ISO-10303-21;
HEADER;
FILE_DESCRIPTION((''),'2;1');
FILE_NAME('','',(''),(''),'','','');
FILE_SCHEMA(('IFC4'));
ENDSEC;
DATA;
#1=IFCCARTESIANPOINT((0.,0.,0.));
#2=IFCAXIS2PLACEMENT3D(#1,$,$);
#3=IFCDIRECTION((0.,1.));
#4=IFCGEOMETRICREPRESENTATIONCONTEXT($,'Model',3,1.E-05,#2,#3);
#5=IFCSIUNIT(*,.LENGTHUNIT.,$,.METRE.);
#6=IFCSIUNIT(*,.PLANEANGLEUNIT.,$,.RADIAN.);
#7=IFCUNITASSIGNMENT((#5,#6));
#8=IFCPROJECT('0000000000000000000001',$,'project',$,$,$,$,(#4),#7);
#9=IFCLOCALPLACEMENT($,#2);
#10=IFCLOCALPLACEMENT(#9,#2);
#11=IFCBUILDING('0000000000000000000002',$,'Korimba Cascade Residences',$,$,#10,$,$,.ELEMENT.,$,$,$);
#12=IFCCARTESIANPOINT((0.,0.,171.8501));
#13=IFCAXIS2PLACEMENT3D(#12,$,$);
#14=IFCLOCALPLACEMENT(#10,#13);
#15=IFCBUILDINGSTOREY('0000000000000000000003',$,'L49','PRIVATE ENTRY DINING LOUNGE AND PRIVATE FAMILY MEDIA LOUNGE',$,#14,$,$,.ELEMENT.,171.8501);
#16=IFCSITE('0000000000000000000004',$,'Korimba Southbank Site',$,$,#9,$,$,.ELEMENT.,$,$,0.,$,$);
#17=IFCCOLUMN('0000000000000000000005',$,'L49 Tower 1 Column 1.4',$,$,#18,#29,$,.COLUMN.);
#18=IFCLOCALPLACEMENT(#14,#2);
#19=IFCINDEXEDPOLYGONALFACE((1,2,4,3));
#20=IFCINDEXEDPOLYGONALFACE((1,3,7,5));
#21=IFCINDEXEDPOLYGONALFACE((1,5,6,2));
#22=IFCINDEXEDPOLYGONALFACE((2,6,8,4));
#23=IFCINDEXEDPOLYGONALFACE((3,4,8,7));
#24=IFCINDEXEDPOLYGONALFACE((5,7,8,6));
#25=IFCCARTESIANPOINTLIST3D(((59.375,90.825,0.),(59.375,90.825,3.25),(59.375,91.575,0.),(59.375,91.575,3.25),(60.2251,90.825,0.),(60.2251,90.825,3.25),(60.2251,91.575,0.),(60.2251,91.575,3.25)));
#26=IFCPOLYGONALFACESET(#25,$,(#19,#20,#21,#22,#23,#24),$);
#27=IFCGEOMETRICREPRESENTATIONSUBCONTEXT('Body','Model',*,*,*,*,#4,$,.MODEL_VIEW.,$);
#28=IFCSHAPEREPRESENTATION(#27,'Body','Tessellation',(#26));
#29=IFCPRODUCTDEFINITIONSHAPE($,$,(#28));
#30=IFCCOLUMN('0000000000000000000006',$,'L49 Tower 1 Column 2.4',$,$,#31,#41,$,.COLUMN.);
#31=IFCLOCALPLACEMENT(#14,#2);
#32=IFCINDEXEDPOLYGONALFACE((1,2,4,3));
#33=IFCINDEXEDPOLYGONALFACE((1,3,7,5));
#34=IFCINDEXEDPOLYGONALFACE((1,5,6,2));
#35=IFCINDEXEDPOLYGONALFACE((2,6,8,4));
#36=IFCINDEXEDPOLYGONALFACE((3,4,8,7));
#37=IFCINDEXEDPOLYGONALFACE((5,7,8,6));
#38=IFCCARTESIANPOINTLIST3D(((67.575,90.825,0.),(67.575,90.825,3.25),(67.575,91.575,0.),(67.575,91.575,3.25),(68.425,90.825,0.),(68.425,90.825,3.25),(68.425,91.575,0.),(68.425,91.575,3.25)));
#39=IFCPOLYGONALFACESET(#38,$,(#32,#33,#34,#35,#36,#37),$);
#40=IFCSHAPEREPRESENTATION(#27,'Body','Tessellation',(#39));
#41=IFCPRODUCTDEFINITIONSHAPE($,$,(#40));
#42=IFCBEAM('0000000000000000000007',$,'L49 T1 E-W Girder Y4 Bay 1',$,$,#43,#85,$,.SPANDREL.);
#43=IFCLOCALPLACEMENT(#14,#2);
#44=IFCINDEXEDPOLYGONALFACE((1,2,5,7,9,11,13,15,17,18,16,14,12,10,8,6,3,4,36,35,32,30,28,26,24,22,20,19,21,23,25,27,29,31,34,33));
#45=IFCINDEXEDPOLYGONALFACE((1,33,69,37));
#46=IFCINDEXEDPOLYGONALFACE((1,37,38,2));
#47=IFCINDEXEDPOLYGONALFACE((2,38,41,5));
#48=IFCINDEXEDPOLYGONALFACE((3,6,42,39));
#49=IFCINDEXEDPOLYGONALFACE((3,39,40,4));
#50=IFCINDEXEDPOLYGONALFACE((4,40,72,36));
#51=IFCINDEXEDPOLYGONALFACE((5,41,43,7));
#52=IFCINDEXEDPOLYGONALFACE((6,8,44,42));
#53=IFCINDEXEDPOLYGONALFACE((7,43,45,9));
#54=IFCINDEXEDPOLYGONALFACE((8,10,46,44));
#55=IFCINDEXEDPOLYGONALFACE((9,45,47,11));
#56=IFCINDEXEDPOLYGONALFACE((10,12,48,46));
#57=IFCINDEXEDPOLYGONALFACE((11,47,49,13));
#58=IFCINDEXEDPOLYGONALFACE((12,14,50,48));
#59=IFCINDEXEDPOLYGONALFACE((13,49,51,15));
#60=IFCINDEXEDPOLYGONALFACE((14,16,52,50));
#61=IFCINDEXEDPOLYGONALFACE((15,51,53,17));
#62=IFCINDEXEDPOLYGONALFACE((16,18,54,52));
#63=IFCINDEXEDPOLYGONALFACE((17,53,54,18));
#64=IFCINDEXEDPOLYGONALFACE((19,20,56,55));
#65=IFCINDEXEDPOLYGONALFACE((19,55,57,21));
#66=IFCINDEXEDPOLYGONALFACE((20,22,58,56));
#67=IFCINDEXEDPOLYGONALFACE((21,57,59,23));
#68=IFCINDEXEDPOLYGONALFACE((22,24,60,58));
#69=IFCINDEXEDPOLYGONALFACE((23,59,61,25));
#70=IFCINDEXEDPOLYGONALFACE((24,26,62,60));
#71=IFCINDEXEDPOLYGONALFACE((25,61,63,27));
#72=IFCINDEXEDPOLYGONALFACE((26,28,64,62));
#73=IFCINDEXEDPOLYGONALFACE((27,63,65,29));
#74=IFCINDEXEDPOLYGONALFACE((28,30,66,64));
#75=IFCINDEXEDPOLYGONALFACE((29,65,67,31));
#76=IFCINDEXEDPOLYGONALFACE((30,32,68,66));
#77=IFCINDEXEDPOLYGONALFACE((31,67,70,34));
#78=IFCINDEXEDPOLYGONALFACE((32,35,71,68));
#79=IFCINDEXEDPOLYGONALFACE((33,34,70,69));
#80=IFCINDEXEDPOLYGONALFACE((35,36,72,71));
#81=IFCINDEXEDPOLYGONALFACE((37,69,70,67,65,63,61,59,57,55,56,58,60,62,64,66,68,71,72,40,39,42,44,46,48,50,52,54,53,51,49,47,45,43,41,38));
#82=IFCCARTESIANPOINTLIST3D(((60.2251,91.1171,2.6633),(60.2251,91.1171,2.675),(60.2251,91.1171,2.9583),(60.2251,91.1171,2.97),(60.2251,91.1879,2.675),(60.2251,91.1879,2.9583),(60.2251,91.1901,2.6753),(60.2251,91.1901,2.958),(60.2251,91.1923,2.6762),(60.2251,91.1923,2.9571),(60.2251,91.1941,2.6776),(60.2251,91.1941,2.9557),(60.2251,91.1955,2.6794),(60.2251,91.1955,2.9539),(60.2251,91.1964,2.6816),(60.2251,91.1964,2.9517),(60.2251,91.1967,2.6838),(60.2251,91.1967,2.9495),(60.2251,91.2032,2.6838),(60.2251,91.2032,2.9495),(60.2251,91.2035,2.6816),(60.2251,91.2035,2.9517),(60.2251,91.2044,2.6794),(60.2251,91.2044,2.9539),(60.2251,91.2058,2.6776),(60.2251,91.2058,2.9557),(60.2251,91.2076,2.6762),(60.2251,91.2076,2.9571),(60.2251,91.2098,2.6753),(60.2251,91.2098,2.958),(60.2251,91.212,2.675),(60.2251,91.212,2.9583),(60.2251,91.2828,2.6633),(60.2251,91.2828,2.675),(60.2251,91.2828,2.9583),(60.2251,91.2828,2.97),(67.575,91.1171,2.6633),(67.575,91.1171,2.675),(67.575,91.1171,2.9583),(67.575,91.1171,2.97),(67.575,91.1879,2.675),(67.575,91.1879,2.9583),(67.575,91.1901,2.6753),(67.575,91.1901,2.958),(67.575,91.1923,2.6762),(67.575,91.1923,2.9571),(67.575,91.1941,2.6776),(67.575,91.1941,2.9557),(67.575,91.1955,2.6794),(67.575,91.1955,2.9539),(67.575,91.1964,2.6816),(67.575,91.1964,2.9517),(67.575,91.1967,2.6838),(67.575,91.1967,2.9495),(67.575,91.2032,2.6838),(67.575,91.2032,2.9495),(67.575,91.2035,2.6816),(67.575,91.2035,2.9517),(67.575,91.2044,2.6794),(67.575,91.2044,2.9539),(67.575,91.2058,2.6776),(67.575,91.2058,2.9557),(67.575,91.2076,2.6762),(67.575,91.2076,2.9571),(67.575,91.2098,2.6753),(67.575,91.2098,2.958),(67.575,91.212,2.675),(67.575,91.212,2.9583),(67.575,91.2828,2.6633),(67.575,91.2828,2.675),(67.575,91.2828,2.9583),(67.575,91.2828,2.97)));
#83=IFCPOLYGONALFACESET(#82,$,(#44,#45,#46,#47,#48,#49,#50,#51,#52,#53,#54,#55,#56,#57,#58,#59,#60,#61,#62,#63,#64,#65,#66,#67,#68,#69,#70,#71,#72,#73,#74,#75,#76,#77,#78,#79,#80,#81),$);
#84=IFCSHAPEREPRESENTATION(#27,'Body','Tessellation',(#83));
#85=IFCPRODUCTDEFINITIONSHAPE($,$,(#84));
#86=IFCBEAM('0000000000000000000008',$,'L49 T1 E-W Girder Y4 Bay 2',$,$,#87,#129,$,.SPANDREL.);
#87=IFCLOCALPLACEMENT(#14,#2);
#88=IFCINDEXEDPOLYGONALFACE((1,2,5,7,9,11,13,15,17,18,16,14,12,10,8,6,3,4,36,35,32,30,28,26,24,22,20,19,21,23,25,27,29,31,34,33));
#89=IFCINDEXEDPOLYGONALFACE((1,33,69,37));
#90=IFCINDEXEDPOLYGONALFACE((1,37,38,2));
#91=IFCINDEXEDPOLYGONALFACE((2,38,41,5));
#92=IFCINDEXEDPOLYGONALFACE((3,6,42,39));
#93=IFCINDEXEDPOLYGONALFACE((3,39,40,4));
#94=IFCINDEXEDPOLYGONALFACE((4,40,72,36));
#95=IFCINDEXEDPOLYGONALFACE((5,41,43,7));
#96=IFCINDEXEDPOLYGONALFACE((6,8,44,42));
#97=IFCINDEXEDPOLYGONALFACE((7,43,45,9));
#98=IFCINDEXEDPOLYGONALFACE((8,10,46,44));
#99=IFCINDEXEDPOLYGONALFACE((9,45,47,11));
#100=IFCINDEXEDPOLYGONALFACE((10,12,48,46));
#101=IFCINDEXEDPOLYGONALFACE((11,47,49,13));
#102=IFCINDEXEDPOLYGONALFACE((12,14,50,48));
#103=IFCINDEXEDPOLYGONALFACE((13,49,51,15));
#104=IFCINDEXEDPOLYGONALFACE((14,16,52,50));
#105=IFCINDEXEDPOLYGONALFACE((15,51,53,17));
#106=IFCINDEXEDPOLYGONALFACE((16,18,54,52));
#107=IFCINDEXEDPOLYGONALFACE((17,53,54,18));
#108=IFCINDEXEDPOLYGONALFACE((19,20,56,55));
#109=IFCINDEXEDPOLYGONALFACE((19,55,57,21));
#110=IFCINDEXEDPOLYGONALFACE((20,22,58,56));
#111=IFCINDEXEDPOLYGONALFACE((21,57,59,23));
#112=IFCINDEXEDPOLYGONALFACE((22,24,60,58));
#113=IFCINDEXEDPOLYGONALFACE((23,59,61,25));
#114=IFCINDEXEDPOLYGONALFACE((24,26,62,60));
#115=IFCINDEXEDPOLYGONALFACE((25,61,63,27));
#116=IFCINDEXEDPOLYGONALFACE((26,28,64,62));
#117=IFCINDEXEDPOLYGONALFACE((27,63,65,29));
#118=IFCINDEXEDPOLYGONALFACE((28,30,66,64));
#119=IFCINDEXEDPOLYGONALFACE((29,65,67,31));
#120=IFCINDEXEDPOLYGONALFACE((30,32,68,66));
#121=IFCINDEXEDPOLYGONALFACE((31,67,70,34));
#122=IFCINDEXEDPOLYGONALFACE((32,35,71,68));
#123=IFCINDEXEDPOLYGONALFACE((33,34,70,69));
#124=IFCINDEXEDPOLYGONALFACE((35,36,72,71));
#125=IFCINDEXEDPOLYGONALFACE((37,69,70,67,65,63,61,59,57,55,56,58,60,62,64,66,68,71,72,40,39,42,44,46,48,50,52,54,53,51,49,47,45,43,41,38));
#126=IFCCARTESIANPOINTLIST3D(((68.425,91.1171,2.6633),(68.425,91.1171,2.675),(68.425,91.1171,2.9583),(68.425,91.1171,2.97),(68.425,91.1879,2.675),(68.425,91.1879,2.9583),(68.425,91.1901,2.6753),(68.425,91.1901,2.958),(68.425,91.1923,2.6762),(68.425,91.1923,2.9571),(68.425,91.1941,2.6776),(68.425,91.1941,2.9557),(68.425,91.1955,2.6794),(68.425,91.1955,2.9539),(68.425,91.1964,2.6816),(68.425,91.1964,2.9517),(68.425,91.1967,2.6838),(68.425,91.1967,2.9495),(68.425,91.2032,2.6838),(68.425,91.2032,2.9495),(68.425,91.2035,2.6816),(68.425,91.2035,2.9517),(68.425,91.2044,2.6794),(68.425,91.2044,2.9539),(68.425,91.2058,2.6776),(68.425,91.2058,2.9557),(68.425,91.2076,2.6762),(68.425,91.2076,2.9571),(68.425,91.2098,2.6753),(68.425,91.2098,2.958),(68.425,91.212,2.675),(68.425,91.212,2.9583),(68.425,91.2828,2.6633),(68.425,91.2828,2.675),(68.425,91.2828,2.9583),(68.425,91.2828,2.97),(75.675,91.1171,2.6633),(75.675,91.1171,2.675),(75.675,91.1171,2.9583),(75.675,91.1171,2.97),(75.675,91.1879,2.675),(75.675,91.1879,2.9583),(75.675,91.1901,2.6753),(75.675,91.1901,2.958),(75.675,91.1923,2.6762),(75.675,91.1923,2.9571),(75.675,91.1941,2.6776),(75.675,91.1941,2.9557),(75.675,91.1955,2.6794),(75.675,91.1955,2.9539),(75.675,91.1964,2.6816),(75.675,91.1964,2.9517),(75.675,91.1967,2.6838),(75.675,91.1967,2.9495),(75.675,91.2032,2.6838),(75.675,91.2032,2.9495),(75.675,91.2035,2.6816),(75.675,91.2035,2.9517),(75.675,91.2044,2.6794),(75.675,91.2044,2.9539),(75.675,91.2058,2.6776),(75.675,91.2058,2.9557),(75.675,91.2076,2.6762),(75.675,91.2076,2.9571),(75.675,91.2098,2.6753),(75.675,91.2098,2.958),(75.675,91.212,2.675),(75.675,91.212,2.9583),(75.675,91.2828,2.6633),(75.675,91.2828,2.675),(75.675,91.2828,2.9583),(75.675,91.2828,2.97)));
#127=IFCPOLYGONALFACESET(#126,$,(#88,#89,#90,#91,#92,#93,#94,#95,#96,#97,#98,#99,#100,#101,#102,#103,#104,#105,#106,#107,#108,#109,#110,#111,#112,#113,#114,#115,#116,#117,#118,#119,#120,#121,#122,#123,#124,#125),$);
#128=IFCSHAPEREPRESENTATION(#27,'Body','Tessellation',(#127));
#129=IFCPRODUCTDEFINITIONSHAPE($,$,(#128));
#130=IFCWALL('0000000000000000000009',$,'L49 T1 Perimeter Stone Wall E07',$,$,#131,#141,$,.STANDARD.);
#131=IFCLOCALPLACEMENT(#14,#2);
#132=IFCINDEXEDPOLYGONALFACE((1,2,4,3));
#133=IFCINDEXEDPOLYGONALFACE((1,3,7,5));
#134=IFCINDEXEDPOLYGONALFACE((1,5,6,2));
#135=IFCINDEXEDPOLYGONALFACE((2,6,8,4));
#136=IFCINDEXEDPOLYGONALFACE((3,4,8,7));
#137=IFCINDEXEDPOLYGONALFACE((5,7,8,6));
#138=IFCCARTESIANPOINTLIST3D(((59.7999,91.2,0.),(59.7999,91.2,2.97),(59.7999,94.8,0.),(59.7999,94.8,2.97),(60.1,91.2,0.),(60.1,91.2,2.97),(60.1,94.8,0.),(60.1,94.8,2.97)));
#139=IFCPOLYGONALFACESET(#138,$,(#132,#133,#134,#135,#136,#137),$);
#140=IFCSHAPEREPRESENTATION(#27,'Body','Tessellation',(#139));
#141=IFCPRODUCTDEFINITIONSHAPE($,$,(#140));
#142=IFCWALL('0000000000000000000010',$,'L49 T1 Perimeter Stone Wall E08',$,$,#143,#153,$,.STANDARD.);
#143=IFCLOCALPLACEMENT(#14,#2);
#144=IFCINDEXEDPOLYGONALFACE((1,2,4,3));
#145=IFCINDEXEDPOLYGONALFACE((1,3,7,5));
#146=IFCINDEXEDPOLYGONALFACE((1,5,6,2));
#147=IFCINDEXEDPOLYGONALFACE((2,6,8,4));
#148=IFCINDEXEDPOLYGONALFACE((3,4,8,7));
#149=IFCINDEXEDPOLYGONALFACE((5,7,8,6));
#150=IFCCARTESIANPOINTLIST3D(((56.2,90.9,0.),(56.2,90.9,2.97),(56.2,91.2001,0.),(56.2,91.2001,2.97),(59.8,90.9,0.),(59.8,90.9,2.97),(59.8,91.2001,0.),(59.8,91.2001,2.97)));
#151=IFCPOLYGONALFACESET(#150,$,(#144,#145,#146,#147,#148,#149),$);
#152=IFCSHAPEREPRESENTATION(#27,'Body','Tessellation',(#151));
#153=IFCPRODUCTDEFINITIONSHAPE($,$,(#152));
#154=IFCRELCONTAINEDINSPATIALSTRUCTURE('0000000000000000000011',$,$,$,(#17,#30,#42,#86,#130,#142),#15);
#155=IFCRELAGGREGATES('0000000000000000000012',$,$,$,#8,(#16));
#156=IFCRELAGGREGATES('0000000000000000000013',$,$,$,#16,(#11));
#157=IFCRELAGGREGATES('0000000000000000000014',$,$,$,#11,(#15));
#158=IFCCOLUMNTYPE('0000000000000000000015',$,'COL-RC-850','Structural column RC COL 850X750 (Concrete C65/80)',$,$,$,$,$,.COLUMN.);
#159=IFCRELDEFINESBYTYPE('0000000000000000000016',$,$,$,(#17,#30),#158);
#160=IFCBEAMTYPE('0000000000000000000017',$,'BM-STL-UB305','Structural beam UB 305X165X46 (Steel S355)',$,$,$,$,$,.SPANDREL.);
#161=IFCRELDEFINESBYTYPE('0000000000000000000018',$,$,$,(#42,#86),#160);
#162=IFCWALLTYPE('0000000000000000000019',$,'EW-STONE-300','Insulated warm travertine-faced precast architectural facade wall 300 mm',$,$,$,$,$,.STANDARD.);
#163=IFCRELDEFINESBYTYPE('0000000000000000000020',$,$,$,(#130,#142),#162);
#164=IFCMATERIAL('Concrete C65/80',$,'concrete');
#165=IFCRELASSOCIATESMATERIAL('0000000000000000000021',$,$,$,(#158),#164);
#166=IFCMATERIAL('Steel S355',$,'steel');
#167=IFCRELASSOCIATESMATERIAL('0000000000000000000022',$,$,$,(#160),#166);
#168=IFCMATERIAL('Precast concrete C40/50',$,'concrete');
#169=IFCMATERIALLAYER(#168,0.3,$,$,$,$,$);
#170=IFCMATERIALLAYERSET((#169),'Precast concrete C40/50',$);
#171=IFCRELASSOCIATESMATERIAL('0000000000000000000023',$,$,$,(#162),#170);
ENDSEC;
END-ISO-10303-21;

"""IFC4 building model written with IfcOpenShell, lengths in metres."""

from ifc_helpers import new_model, si_unit, direction, frame, frame_2d, origin, origin_2d, place, context, subcontext, project, spatial, rectangle, i_section, extrude, material, layer, layer_set, material_profile, profile_set, type_object, element, save


model = new_model("IFC4")

# Units and contexts
model_context = context("Model", 3, precision=1e-05, world=origin(), true_north=direction((0.0, 1.0)))
body_context = subcontext(model_context, "Body", "Model", "MODEL_VIEW")
ifc_project = project(units=[si_unit("LENGTHUNIT", "METRE"), si_unit("PLANEANGLEUNIT", "RADIAN")], contexts=[model_context])

# Site, building, storey
site_placement = place(None, origin())
site = spatial("IfcSite", under=ifc_project, at=site_placement, Name="Korimba Southbank Site", CompositionType="ELEMENT", RefElevation=0.0)
building_placement = place(site_placement, origin())
building = spatial("IfcBuilding", under=site, at=building_placement, Name="Korimba Cascade Residences", CompositionType="ELEMENT")
storey_placement = place(building_placement, frame((0.0, 0.0, 171.8501)))
storey = spatial("IfcBuildingStorey", under=building, at=storey_placement, Name="L49", Description="PRIVATE ENTRY DINING LOUNGE AND PRIVATE FAMILY MEDIA LOUNGE", CompositionType="ELEMENT", Elevation=171.8501)

# Columns
ifc_material_1 = material(Name="Concrete C65/80", Category="concrete")
ifc_material_profile_1 = material_profile(ifc_material_1, rectangle(XDim=0.8501, YDim=0.75, at=origin_2d()), Name="Concrete C65/80")
ifc_profile_set_1 = profile_set([ifc_material_profile_1], Name="Concrete C65/80")
column_type = type_object("IfcColumnType", Name="COL-RC-850", Description="Structural column RC COL 850X750 (Concrete C65/80)", PredefinedType="COLUMN", material=ifc_profile_set_1)
for number, where, z_axis, x_axis, name in (
    (1, (59.8, 91.2, 0.0), (0.0, 0.0, 1.0), (1.0, 0.0, 0.0), "L49 Tower 1 Column 1.4"),
    (2, (68.0, 91.2, 0.0), (0.0, 0.0, 1.0), (1.0, 0.0, 0.0), "L49 Tower 1 Column 2.4"),
):
    element("IfcColumn", number, at=place(storey_placement, frame(where, z_axis=z_axis, x_axis=x_axis)), inside=storey, type_object=column_type, Name=name, PredefinedType="COLUMN", context=body_context, shape_type="SweptSolid", body=[
        extrude(rectangle(XDim=0.8501, YDim=0.75, at=origin_2d()), origin(), (0.0, 0.0, 1.0), 3.25),
    ])

# Beams
ifc_material_2 = material(Name="Steel S355", Category="steel")
ifc_material_profile_2 = material_profile(ifc_material_2, i_section(OverallWidth=0.1658, OverallDepth=0.3066, WebThickness=0.0066, FlangeThickness=0.0117, FilletRadius=0.0088, at=origin_2d()), Name="Steel S355")
ifc_profile_set_2 = profile_set([ifc_material_profile_2], Name="Steel S355")
beam_type = type_object("IfcBeamType", Name="BM-STL-UB305", Description="Structural beam UB 305X165X46 (Steel S355)", PredefinedType="SPANDREL", material=ifc_profile_set_2)
beam_1_placement = place(storey_placement, frame((60.2251, 91.2, 2.8167), z_axis=(1.0, 0.0, 0.0), x_axis=(0.0, 1.0, 0.0)))
element("IfcBeam", 3, at=beam_1_placement, inside=storey, type_object=beam_type, Name="L49 T1 E-W Girder Y4 Bay 1", PredefinedType="SPANDREL", context=body_context, shape_type="SweptSolid", body=[
    extrude(i_section(OverallWidth=0.1658, OverallDepth=0.3066, WebThickness=0.0066, FlangeThickness=0.0117, FilletRadius=0.0088, at=origin_2d()), origin(), (0.0, 0.0, 1.0), 7.3499),
])
beam_2_placement = place(storey_placement, frame((68.425, 91.2, 2.8167), z_axis=(1.0, 0.0, 0.0), x_axis=(0.0, 1.0, 0.0)))
element("IfcBeam", 4, at=beam_2_placement, inside=storey, type_object=beam_type, Name="L49 T1 E-W Girder Y4 Bay 2", PredefinedType="SPANDREL", context=body_context, shape_type="SweptSolid", body=[
    extrude(i_section(OverallWidth=0.1658, OverallDepth=0.3066, WebThickness=0.0066, FlangeThickness=0.0117, FilletRadius=0.0088, at=origin_2d()), origin(), (0.0, 0.0, 1.0), 7.25),
])

# Walls
ifc_material_3 = material(Name="Precast concrete C40/50", Category="concrete")
ifc_layer_1 = layer(ifc_material_3, 0.3)
ifc_layer_set_1 = layer_set([ifc_layer_1], Name="Precast concrete C40/50")
wall_type_1 = type_object("IfcWallType", Name="EW-STONE-300", Description="Insulated warm travertine-faced precast architectural facade wall 300 mm", PredefinedType="STANDARD", material=ifc_layer_set_1)
for number, where, z_axis, x_axis, name in (
    (5, (59.95, 94.8, 0.0), (0.0, 0.0, 1.0), (0.0, -1.0, 0.0), "L49 T1 Perimeter Stone Wall E07"),
    (6, (59.8, 91.05, 0.0), (0.0, 0.0, 1.0), (-1.0, 0.0, 0.0), "L49 T1 Perimeter Stone Wall E08"),
):
    element("IfcWall", number, at=place(storey_placement, frame(where, z_axis=z_axis, x_axis=x_axis)), inside=storey, type_object=wall_type_1, Name=name, PredefinedType="STANDARD", context=body_context, shape_type="SweptSolid", body=[
        extrude(rectangle(XDim=3.6001, YDim=0.3, at=frame_2d((1.8, 0.0))), origin(), (0.0, 0.0, 1.0), 2.97),
    ])

save(model, "model.ifc")
